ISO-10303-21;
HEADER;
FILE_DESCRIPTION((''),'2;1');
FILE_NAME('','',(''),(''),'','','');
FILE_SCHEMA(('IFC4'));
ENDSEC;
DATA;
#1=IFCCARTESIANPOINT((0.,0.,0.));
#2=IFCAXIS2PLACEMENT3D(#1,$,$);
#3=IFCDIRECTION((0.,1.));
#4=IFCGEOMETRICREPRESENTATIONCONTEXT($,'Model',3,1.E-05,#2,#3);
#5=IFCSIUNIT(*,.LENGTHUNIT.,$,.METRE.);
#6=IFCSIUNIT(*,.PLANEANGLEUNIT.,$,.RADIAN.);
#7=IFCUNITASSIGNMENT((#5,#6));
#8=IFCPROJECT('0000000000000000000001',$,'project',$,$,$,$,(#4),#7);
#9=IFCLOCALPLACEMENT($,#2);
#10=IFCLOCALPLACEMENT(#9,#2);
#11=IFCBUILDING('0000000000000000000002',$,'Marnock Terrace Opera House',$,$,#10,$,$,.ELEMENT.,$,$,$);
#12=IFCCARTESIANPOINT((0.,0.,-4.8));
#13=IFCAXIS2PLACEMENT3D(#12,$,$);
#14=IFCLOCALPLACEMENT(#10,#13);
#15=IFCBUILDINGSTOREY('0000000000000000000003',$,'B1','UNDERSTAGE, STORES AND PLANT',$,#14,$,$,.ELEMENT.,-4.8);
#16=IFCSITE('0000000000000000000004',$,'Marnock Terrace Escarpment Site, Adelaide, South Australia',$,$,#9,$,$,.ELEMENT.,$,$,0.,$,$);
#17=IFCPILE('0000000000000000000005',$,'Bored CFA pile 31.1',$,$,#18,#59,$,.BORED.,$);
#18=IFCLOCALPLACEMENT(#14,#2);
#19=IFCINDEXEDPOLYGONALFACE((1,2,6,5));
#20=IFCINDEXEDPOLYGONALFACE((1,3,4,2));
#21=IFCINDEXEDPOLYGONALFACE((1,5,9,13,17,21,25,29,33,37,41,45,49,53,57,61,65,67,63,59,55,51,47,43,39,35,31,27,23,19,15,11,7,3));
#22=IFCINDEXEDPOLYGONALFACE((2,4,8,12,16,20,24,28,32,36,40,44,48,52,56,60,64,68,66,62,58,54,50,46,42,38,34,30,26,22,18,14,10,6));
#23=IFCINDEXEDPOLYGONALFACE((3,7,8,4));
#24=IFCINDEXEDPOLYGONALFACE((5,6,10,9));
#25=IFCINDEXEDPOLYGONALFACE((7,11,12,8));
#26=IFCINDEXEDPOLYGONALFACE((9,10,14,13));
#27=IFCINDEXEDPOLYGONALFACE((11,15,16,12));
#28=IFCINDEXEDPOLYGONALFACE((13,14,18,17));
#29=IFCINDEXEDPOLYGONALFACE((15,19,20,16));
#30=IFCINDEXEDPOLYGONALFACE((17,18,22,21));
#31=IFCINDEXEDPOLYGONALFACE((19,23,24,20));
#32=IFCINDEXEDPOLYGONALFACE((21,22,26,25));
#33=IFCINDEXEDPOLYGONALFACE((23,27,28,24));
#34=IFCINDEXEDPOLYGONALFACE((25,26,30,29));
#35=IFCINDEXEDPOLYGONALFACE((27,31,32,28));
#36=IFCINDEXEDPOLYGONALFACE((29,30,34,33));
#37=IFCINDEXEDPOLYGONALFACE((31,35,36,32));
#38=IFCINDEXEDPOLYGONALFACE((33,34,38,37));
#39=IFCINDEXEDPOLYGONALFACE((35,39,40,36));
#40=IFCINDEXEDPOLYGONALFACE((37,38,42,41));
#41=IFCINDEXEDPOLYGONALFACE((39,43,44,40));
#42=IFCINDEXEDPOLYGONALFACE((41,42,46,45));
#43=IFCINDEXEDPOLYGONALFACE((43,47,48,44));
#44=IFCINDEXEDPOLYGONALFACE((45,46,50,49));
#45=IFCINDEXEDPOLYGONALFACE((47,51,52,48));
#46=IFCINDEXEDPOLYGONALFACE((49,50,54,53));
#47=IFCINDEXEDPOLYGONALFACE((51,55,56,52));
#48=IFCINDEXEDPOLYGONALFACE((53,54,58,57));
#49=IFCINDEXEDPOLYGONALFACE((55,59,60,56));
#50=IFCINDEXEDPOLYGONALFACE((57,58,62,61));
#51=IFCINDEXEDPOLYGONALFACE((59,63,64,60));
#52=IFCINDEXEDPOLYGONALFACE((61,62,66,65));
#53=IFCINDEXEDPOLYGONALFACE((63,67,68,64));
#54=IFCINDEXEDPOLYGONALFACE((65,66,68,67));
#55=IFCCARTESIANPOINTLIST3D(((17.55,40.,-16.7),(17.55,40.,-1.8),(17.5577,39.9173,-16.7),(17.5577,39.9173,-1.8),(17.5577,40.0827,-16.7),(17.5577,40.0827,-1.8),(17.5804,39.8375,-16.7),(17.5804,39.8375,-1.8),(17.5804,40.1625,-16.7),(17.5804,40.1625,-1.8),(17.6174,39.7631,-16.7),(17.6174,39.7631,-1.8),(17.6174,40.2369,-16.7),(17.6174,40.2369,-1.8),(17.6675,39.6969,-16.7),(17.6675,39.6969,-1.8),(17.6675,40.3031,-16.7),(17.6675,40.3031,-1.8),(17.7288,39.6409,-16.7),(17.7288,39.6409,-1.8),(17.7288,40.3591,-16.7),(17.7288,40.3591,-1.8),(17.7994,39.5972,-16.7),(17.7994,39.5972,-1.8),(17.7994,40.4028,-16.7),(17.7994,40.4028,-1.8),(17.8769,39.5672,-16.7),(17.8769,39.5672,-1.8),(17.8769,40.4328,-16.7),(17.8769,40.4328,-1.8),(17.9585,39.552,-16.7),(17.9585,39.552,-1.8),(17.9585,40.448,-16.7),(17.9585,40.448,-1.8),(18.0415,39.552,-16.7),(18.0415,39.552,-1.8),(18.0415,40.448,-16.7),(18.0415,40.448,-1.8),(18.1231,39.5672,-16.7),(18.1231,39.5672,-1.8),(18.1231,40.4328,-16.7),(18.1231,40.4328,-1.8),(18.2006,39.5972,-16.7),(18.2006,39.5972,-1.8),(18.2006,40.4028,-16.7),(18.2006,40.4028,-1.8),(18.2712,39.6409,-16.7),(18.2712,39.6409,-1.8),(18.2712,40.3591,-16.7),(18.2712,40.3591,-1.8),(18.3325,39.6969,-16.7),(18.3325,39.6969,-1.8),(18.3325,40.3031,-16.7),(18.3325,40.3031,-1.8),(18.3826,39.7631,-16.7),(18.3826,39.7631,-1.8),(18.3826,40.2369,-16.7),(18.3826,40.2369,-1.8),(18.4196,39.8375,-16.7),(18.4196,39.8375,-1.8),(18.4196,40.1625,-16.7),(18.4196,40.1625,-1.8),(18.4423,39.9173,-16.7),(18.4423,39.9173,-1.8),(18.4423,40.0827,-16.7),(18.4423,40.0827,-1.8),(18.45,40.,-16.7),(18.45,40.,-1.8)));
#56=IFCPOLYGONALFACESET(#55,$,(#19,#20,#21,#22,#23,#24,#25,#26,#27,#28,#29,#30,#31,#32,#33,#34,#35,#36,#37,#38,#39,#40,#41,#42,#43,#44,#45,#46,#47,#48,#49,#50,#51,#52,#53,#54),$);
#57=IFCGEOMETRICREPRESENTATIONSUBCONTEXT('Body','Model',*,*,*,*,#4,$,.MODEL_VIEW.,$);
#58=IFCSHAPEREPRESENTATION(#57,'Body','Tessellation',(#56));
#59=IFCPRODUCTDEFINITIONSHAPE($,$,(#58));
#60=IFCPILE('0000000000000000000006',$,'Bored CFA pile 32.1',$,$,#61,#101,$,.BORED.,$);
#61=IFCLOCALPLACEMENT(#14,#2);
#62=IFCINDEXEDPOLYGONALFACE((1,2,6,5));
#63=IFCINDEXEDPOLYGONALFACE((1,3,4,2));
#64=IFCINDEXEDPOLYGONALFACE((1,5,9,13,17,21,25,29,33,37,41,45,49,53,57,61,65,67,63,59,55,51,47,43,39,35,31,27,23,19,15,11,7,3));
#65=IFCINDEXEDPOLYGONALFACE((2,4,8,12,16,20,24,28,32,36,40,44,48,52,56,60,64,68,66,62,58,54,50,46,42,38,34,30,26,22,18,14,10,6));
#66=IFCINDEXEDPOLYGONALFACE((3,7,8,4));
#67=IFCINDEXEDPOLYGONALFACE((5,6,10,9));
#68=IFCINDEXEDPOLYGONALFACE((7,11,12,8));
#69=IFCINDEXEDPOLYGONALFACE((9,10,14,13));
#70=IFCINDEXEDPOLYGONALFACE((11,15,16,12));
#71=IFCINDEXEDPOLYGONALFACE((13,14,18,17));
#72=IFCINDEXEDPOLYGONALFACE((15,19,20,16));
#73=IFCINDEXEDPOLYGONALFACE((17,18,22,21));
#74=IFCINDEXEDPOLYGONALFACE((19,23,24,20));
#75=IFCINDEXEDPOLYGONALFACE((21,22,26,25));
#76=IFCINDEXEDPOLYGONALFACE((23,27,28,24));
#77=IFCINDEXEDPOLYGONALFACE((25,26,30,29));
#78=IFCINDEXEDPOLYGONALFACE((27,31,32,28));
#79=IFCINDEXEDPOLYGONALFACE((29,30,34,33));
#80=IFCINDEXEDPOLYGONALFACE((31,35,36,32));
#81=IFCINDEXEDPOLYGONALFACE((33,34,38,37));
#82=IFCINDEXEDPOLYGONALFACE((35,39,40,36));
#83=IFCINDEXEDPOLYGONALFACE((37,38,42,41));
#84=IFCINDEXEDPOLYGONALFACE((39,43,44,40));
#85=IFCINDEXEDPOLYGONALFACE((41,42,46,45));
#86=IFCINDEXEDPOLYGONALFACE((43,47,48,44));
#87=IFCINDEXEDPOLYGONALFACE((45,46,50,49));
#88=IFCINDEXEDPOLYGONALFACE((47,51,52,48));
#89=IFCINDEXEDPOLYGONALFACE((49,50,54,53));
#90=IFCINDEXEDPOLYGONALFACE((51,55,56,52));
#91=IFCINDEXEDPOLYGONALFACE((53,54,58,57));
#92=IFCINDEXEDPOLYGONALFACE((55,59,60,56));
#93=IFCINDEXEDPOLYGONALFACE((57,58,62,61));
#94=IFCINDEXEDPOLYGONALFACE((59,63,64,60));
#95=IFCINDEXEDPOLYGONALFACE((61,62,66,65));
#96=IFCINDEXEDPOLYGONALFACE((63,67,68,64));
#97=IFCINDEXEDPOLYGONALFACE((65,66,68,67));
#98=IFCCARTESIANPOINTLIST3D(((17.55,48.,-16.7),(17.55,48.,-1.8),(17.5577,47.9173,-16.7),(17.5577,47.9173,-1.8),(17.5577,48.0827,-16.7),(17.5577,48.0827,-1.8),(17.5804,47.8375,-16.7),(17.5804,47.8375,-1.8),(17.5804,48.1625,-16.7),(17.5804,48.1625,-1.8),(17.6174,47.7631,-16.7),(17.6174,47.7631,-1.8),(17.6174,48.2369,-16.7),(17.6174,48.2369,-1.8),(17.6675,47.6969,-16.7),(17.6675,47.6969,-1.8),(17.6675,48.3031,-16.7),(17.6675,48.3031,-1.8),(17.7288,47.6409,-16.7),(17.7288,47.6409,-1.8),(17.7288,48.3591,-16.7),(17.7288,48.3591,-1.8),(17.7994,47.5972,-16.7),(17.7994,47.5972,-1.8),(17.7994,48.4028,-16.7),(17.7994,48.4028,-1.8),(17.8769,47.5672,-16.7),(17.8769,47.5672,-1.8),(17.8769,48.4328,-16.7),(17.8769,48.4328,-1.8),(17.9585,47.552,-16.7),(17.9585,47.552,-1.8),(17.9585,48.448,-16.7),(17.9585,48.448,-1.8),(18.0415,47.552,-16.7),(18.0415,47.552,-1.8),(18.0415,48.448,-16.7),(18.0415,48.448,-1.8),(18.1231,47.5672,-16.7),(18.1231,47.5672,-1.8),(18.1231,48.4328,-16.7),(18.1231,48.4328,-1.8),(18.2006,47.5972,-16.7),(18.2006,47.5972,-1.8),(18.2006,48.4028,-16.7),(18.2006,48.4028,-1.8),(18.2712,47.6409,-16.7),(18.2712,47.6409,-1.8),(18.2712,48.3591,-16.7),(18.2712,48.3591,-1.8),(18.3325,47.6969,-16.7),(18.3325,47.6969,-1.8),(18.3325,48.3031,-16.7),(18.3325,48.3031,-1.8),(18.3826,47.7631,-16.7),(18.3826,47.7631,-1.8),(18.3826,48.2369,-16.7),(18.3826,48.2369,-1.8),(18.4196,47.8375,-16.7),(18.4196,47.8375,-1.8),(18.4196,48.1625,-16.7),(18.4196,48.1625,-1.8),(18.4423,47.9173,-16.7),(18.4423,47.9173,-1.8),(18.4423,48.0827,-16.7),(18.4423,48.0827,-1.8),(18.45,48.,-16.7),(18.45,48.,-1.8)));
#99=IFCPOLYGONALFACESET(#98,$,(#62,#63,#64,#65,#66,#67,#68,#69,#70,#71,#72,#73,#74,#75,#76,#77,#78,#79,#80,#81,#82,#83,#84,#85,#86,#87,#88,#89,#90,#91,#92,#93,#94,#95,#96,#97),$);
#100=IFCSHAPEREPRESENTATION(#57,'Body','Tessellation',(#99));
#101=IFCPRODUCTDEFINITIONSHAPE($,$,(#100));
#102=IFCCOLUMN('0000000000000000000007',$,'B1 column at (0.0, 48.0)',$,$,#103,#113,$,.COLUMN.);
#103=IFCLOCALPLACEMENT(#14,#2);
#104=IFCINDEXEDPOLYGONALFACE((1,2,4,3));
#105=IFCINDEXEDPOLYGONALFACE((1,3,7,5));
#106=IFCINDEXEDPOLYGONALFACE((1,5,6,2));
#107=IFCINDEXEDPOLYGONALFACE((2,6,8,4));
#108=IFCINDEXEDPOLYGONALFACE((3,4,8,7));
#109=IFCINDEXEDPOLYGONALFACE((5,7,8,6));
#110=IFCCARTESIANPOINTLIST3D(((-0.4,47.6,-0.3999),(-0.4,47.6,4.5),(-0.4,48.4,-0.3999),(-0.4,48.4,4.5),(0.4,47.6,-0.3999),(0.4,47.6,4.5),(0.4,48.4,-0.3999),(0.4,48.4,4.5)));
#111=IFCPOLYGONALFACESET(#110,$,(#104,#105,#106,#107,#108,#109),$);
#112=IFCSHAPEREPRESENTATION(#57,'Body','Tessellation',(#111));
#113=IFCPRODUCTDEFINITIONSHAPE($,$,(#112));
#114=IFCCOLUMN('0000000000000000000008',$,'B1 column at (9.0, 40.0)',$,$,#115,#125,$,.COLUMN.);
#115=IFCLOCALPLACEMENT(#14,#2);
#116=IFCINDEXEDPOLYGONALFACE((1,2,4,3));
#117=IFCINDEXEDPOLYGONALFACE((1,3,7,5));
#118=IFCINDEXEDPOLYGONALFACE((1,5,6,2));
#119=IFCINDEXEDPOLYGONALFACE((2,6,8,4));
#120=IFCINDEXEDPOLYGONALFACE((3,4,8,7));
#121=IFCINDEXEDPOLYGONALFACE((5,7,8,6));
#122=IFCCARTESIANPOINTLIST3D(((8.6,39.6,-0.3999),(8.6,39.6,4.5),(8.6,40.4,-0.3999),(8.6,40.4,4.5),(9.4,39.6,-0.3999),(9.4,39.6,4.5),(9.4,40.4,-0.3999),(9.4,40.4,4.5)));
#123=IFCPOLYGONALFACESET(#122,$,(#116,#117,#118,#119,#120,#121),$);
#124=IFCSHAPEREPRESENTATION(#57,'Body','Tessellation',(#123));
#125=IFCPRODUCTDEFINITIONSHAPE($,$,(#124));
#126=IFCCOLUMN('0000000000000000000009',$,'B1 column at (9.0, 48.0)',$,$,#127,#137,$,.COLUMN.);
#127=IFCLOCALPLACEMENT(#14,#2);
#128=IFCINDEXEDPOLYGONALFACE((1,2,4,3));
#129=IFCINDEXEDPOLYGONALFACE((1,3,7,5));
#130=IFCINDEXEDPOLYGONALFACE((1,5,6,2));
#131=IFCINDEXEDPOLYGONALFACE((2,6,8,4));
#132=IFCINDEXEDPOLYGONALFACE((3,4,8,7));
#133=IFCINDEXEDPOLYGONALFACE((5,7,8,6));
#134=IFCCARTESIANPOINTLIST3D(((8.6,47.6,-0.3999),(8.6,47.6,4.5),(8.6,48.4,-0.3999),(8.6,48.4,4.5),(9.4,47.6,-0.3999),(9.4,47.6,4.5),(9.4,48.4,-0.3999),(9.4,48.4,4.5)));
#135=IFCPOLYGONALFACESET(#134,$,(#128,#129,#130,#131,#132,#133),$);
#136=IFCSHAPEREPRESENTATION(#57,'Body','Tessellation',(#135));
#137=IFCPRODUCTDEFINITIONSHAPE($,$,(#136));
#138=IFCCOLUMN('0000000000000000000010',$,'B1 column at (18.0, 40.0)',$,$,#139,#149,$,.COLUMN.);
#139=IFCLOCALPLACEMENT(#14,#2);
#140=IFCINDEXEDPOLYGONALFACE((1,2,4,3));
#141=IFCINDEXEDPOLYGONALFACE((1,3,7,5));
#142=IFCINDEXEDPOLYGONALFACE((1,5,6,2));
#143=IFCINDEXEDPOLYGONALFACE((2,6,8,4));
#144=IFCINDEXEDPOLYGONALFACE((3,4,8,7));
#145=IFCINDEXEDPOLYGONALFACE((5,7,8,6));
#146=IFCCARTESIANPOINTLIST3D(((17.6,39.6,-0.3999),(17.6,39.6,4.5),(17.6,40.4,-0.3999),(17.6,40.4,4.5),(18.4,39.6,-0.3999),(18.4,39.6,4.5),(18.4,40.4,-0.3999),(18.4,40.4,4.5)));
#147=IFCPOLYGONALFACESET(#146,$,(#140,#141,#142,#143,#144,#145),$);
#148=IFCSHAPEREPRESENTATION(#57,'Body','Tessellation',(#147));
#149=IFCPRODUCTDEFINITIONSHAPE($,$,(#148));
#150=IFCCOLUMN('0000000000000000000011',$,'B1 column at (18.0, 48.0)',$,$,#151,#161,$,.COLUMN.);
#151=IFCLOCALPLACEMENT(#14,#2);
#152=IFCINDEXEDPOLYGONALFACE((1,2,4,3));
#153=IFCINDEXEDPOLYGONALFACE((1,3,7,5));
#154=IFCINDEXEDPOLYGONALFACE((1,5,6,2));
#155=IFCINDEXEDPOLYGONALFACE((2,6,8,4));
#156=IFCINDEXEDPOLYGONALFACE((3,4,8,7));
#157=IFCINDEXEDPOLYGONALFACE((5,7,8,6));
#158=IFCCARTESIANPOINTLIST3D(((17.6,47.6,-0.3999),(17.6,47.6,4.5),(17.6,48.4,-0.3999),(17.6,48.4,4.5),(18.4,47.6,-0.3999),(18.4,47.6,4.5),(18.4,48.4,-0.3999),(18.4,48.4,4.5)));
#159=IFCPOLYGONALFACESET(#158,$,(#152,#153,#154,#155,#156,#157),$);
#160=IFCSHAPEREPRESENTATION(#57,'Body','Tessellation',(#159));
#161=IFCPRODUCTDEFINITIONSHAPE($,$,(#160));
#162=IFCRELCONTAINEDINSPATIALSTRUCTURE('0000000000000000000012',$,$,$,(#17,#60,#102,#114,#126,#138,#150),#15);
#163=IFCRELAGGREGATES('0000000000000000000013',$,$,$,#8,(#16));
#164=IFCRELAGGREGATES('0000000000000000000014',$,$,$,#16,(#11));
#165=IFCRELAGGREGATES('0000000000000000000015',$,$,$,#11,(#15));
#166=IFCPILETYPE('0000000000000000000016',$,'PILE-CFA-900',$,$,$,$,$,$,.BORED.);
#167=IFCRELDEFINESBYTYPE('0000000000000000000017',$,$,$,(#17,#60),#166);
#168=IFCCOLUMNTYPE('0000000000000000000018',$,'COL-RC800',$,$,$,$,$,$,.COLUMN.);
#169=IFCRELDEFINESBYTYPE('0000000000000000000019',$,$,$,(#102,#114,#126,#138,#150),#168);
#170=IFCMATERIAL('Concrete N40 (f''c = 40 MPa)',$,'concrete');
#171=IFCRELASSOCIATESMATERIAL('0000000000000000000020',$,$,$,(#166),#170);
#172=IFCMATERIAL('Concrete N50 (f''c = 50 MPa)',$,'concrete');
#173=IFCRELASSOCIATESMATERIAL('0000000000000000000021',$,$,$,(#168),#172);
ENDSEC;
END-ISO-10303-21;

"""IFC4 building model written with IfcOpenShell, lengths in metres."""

from ifc_helpers import new_model, si_unit, direction, frame, origin, origin_2d, place, context, subcontext, project, spatial, rectangle, circle, extrude, material, material_profile, profile_set, type_object, element, save


model = new_model("IFC4")

# Units and contexts
model_context = context("Model", 3, precision=1e-05, world=origin(), true_north=direction((0.0, 1.0)))
body_context = subcontext(model_context, "Body", "Model", "MODEL_VIEW")
ifc_project = project(units=[si_unit("LENGTHUNIT", "METRE"), si_unit("PLANEANGLEUNIT", "RADIAN")], contexts=[model_context])

# Site, building, storey
site_placement = place(None, origin())
site = spatial("IfcSite", under=ifc_project, at=site_placement, Name="Marnock Terrace Escarpment Site, Adelaide, South Australia", CompositionType="ELEMENT", RefElevation=0.0)
building_placement = place(site_placement, origin())
building = spatial("IfcBuilding", under=site, at=building_placement, Name="Marnock Terrace Opera House", CompositionType="ELEMENT")
storey_placement = place(building_placement, frame((0.0, 0.0, -4.8)))
storey = spatial("IfcBuildingStorey", under=building, at=storey_placement, Name="B1", Description="UNDERSTAGE, STORES AND PLANT", CompositionType="ELEMENT", Elevation=-4.8)

# Shared definitions
ifc_material_1 = material(Name="Concrete N40 (f'c = 40 MPa)", Category="concrete")

# Piles
ifc_material_profile_1 = material_profile(ifc_material_1, circle(Radius=0.45, at=origin_2d()))
ifc_profile_set_1 = profile_set([ifc_material_profile_1], Name="Concrete N40 (f'c = 40 MPa)")
pile_type = type_object("IfcPileType", Name="PILE-CFA-900", PredefinedType="BORED", material=ifc_profile_set_1)
for number, where, z_axis, x_axis, name in (
    (1, (18.0, 40.0, -1.8), (0.0, 0.0, -1.0), (1.0, 0.0, 0.0), "Bored CFA pile 31.1"),
    (2, (18.0, 48.0, -1.8), (0.0, 0.0, -1.0), (1.0, 0.0, 0.0), "Bored CFA pile 32.1"),
):
    element("IfcPile", number, at=place(storey_placement, frame(where, z_axis=z_axis, x_axis=x_axis)), inside=storey, type_object=pile_type, Name=name, PredefinedType="BORED", context=body_context, shape_type="SweptSolid", body=[
        extrude(circle(Radius=0.45, at=origin_2d()), origin(), (0.0, 0.0, 1.0), 14.8999),
    ])

# Columns
ifc_material_2 = material(Name="Concrete N50 (f'c = 50 MPa)", Category="concrete")
ifc_material_profile_2 = material_profile(ifc_material_2, rectangle(XDim=0.8, YDim=0.8, at=origin_2d()))
ifc_profile_set_2 = profile_set([ifc_material_profile_2], Name="Concrete N50 (f'c = 50 MPa)")
column_type = type_object("IfcColumnType", Name="COL-RC800", PredefinedType="COLUMN", material=ifc_profile_set_2)
for number, where, z_axis, x_axis, name in (
    (3, (0.0, 48.0, -0.3999), (0.0, 0.0, 1.0), (1.0, 0.0, 0.0), "B1 column at (0.0, 48.0)"),
    (4, (9.0, 40.0, -0.3999), (0.0, 0.0, 1.0), (1.0, 0.0, 0.0), "B1 column at (9.0, 40.0)"),
    (5, (9.0, 48.0, -0.3999), (0.0, 0.0, 1.0), (1.0, 0.0, 0.0), "B1 column at (9.0, 48.0)"),
    (6, (18.0, 40.0, -0.3999), (0.0, 0.0, 1.0), (1.0, 0.0, 0.0), "B1 column at (18.0, 40.0)"),
    (7, (18.0, 48.0, -0.3999), (0.0, 0.0, 1.0), (1.0, 0.0, 0.0), "B1 column at (18.0, 48.0)"),
):
    element("IfcColumn", number, at=place(storey_placement, frame(where, z_axis=z_axis, x_axis=x_axis)), inside=storey, type_object=column_type, Name=name, PredefinedType="COLUMN", context=body_context, shape_type="SweptSolid", body=[
        extrude(rectangle(XDim=0.8, YDim=0.8, at=origin_2d()), origin(), (0.0, 0.0, 1.0), 4.8999),
    ])

save(model, "model.ifc")
